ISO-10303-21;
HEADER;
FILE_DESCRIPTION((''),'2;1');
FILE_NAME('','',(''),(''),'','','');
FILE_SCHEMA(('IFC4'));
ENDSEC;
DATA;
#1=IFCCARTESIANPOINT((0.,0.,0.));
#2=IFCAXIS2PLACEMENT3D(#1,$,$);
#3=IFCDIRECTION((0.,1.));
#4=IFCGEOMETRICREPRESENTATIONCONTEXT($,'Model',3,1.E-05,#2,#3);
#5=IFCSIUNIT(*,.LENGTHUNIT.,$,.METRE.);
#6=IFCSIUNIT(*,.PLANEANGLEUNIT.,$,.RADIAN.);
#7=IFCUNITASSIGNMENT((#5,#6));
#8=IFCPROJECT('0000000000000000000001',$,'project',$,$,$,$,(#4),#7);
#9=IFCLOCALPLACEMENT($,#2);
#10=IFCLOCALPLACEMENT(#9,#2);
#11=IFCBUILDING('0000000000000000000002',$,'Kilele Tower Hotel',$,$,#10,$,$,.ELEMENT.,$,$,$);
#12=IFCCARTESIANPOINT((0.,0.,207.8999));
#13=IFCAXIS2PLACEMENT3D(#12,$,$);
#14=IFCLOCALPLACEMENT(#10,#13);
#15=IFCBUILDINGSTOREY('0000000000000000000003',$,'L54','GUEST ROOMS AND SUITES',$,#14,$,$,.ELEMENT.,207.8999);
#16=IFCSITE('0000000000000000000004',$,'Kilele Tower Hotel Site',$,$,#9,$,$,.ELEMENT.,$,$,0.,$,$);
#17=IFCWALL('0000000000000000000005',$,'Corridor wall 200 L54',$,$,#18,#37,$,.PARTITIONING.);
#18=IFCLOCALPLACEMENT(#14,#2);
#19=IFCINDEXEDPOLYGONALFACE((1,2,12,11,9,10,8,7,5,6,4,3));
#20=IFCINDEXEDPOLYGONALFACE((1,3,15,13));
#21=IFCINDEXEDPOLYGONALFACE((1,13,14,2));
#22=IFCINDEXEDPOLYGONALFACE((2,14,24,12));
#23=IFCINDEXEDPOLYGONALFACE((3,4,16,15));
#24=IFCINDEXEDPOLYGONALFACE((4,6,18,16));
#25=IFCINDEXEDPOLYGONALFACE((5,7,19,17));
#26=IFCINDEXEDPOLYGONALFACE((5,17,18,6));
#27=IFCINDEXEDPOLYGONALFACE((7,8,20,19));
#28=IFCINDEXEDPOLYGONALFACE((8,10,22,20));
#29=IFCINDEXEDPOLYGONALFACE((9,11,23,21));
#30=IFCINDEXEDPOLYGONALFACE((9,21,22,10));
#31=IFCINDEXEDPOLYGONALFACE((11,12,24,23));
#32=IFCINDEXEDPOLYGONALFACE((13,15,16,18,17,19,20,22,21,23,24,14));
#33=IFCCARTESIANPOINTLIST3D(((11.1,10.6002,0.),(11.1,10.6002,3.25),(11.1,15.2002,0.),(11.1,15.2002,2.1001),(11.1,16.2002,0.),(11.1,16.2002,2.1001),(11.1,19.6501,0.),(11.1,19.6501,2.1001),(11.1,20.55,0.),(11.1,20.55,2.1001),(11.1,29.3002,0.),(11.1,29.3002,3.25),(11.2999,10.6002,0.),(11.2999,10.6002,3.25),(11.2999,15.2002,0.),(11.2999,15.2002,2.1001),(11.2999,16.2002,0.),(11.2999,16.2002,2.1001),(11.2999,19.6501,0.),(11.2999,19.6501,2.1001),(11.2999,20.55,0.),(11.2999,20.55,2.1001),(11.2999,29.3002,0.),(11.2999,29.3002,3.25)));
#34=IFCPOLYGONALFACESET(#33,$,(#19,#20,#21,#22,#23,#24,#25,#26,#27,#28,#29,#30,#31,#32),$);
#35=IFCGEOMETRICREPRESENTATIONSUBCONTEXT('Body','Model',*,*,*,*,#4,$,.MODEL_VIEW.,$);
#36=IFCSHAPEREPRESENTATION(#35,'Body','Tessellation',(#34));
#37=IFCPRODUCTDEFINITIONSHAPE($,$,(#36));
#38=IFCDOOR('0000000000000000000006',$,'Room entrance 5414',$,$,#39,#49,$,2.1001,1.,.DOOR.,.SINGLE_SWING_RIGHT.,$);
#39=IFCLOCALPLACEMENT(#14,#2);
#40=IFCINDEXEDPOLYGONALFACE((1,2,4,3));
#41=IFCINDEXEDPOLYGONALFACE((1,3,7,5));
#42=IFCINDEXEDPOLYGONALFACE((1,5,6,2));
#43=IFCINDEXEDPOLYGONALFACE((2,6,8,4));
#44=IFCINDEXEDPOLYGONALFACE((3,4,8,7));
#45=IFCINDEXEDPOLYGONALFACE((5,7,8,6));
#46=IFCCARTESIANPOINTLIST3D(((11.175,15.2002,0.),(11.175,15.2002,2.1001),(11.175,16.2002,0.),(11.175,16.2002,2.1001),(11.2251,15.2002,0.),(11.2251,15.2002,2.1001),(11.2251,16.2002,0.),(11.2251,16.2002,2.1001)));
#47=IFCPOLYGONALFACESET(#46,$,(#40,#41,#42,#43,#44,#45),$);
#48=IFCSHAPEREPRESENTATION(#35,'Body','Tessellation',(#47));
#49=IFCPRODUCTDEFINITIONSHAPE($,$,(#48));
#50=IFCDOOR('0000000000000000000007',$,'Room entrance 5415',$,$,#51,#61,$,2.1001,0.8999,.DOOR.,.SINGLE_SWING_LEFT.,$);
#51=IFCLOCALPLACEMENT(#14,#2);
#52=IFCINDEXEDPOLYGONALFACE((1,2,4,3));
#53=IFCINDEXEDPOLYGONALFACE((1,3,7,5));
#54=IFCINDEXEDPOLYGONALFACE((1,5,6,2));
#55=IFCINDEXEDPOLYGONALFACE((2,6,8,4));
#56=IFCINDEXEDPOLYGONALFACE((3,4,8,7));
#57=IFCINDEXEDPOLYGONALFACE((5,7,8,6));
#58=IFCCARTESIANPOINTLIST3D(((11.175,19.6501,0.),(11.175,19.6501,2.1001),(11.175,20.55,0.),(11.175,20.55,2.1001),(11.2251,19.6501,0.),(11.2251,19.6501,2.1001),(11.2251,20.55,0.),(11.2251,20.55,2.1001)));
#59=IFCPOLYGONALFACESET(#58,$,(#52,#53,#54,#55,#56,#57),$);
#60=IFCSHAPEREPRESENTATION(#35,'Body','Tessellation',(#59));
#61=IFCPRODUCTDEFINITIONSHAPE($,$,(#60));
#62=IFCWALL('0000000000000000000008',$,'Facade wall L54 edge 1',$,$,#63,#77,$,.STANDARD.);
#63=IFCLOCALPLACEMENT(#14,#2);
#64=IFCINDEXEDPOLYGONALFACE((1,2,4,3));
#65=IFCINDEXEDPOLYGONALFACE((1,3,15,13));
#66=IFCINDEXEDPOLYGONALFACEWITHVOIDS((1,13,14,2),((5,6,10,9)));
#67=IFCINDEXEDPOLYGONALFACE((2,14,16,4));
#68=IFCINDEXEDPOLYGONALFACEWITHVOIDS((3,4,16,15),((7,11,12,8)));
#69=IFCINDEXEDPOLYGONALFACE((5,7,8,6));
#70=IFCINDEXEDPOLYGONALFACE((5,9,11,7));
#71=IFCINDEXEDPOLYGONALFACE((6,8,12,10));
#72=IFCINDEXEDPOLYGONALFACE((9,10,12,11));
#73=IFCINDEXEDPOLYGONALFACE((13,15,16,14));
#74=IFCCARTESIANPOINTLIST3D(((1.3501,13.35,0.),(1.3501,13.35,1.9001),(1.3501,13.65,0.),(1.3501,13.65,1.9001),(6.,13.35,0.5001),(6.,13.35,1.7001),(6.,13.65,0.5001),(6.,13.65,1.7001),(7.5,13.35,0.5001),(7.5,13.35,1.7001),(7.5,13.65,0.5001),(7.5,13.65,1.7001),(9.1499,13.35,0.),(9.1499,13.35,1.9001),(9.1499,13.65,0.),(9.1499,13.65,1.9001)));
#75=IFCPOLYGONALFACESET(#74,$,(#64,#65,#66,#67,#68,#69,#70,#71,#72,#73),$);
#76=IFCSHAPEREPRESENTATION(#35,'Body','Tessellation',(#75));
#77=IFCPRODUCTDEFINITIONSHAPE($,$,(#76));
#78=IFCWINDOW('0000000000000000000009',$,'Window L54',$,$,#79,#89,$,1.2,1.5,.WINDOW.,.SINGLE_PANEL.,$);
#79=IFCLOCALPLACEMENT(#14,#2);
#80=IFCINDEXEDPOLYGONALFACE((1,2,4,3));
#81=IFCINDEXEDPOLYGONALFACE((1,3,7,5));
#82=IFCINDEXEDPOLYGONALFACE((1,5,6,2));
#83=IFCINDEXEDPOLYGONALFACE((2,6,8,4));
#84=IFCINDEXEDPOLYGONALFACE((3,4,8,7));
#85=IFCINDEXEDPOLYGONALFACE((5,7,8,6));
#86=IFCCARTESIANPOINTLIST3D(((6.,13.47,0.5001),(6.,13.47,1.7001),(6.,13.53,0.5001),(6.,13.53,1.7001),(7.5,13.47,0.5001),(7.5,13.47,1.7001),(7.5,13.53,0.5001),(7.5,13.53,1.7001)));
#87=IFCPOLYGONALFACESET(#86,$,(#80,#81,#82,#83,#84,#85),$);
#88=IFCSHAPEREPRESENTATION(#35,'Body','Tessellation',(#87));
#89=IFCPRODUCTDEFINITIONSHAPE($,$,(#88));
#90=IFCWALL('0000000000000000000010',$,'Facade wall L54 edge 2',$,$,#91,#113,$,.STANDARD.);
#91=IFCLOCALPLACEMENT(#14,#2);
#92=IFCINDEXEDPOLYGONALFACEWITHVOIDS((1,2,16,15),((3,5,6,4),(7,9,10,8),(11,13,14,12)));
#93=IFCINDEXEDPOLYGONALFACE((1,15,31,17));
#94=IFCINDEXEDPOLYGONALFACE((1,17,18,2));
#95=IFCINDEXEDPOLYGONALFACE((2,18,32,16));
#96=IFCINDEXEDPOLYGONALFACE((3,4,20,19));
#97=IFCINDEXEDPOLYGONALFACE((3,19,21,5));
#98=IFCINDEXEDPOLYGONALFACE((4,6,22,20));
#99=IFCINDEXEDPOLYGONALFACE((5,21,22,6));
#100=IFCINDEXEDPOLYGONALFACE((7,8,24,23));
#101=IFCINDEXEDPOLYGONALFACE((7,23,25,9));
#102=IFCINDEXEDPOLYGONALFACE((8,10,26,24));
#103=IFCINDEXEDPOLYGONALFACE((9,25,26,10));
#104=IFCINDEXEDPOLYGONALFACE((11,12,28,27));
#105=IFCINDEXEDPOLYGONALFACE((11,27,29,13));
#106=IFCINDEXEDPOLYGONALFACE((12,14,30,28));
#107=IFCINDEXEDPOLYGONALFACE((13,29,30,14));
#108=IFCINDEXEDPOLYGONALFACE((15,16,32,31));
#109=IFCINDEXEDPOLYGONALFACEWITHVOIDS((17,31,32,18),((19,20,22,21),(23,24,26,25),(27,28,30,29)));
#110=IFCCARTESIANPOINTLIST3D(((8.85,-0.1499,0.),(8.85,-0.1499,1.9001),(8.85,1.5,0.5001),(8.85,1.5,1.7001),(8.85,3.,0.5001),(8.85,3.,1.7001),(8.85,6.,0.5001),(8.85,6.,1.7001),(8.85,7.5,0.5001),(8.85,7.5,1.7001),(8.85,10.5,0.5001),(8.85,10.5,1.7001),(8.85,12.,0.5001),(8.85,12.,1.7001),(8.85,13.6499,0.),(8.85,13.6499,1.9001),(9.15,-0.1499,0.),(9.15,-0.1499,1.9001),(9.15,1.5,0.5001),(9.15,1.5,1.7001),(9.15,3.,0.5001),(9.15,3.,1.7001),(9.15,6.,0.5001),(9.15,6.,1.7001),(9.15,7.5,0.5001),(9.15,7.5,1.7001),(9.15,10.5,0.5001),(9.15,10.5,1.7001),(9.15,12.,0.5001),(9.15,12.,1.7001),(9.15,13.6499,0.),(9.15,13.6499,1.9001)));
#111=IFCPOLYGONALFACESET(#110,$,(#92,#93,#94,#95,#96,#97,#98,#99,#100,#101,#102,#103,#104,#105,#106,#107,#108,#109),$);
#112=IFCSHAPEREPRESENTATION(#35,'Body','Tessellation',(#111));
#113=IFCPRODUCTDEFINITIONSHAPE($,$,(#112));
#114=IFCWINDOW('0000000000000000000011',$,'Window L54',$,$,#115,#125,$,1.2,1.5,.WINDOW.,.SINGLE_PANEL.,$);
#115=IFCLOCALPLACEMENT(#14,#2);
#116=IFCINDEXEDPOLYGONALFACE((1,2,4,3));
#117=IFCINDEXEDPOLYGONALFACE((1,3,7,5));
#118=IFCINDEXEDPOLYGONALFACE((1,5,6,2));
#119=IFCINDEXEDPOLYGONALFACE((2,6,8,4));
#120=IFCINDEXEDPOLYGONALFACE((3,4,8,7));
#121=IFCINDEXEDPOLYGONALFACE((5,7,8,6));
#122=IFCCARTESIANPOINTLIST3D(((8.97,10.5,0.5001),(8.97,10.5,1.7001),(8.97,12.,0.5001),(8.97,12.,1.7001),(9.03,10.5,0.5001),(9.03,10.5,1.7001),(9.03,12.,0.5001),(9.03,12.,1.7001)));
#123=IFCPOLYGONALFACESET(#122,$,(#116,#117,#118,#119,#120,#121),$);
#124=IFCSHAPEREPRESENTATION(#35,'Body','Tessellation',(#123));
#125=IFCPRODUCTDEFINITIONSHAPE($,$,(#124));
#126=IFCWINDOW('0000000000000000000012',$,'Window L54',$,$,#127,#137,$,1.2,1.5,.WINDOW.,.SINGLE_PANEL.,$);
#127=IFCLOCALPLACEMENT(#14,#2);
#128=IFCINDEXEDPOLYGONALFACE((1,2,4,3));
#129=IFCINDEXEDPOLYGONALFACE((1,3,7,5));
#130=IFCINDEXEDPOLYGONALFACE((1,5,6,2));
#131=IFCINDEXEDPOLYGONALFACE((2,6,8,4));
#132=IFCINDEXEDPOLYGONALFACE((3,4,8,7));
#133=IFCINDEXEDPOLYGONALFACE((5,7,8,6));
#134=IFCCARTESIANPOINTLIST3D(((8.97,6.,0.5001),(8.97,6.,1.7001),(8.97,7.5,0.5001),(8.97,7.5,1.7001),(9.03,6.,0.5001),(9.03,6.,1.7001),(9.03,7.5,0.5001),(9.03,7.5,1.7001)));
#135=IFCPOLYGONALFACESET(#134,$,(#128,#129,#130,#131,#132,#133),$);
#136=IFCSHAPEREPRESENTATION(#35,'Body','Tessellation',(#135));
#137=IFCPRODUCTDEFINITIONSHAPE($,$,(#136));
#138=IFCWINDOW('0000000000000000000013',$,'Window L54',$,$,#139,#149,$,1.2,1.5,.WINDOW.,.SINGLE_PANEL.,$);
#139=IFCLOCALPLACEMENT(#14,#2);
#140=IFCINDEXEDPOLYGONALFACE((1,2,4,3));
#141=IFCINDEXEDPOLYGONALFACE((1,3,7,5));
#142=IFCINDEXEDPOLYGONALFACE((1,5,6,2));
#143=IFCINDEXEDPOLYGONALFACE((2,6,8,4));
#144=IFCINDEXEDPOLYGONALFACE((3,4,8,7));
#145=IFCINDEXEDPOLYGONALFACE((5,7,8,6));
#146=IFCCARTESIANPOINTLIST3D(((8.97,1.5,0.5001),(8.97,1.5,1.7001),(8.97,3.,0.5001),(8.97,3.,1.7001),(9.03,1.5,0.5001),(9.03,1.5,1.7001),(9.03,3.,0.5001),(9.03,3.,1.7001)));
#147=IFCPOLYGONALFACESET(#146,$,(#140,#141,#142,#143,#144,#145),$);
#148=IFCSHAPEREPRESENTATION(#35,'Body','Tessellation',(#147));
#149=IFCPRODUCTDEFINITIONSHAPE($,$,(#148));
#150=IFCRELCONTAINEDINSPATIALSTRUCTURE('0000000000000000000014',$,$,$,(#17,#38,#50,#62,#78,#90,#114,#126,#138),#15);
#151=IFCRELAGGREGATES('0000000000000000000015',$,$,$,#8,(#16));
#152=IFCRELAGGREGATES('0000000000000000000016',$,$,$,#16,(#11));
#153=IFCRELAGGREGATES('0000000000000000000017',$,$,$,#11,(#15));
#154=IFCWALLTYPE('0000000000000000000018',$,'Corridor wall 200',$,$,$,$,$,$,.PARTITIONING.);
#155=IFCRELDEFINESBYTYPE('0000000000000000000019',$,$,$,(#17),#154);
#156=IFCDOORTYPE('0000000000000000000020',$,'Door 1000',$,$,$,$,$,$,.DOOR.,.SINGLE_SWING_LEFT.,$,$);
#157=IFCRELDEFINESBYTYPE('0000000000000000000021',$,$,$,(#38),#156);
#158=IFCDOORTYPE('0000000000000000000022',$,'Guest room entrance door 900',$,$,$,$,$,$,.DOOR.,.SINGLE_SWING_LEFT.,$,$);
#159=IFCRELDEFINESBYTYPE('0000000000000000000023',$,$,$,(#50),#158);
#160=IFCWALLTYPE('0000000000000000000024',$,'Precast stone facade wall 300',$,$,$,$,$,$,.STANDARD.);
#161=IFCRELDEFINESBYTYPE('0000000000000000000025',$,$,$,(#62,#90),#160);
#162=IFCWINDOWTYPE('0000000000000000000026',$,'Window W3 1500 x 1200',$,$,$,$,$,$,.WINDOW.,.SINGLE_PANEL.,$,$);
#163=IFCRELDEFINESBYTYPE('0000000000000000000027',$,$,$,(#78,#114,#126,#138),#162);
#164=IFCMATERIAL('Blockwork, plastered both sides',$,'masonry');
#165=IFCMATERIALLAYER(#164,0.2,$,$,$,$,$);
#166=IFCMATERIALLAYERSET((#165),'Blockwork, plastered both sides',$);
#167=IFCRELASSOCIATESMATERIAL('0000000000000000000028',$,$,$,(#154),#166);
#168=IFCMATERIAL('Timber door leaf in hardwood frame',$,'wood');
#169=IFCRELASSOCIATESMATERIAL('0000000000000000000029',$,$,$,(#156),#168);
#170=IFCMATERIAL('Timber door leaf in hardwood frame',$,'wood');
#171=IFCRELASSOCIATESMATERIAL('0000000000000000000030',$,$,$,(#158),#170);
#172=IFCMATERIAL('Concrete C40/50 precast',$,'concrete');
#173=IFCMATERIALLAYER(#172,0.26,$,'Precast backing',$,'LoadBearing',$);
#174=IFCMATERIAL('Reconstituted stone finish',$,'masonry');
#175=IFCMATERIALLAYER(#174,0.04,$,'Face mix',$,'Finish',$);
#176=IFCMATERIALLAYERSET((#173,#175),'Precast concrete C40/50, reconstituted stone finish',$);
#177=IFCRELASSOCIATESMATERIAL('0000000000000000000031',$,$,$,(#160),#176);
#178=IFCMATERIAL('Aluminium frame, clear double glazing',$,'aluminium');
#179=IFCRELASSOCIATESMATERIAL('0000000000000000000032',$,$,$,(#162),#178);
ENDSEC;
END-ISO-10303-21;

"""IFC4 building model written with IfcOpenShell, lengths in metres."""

from ifc_helpers import new_model, si_unit, direction, frame, frame_2d, origin, place, context, subcontext, project, spatial, rectangle, extrude, material, layer, layer_set, type_object, element, fill, save


model = new_model("IFC4")

# Units and contexts
model_context = context("Model", 3, precision=1e-05, world=origin(), true_north=direction((0.0, 1.0)))
body_context = subcontext(model_context, "Body", "Model", "MODEL_VIEW")
ifc_project = project(units=[si_unit("LENGTHUNIT", "METRE"), si_unit("PLANEANGLEUNIT", "RADIAN")], contexts=[model_context])

# Site, building, storey
site_placement = place(None, origin())
site = spatial("IfcSite", under=ifc_project, at=site_placement, Name="Kilele Tower Hotel Site", CompositionType="ELEMENT", RefElevation=0.0)
building_placement = place(site_placement, origin())
building = spatial("IfcBuilding", under=site, at=building_placement, Name="Kilele Tower Hotel", CompositionType="ELEMENT")
storey_placement = place(building_placement, frame((0.0, 0.0, 207.8999)))
storey = spatial("IfcBuildingStorey", under=building, at=storey_placement, Name="L54", Description="GUEST ROOMS AND SUITES", CompositionType="ELEMENT", Elevation=207.8999)

# Wall, openings, doors
ifc_material_1 = material(Name="Blockwork, plastered both sides", Category="masonry")
ifc_layer_1 = layer(ifc_material_1, 0.2)
ifc_layer_set_1 = layer_set([ifc_layer_1], Name="Blockwork, plastered both sides")
wall_type_1 = type_object("IfcWallType", Name="Corridor wall 200", PredefinedType="PARTITIONING", material=ifc_layer_set_1)
wall_1_placement = place(storey_placement, frame((11.2, 10.6001, 0.0), z_axis=(0.0, 0.0, 1.0), x_axis=(0.0, 1.0, 0.0)))
wall_1 = element("IfcWall", 1, at=wall_1_placement, inside=storey, type_object=wall_type_1, Name="Corridor wall 200 L54", PredefinedType="PARTITIONING", context=body_context, shape_type="SweptSolid", body=[
    extrude(rectangle(XDim=18.7, YDim=0.2, at=frame_2d((9.3501, 0.0))), origin(), (0.0, 0.0, 1.0), 3.25),
])
opening_1_placement = place(wall_1_placement, frame((4.6001, 0.0, 0.0)))
opening_1 = element("IfcOpeningElement", 2, at=opening_1_placement, cuts=wall_1, PredefinedType="OPENING", context=body_context, shape_type="SweptSolid", body=[
    extrude(rectangle(XDim=1.0, YDim=2.1001, at=frame_2d((0.5, 1.05))), frame((0.0, 0.1099, 0.0), z_axis=(0.0, -1.0, 0.0), x_axis=(1.0, 0.0, 0.0)), (0.0, 0.0, 1.0), 0.22),
])
opening_2_placement = place(wall_1_placement, frame((9.05, 0.0, 0.0)))
opening_2 = element("IfcOpeningElement", 3, at=opening_2_placement, cuts=wall_1, PredefinedType="OPENING", context=body_context, shape_type="SweptSolid", body=[
    extrude(rectangle(XDim=0.8999, YDim=2.1001, at=frame_2d((0.45, 1.05))), frame((0.0, 0.1099, 0.0), z_axis=(0.0, -1.0, 0.0), x_axis=(1.0, 0.0, 0.0)), (0.0, 0.0, 1.0), 0.22),
])
ifc_material_2 = material(Name="Timber door leaf in hardwood frame", Category="wood")
door_type_1 = type_object("IfcDoorType", Name="Door 1000", OperationType="SINGLE_SWING_LEFT", PredefinedType="DOOR", material=ifc_material_2)
door_1_placement = place(opening_1_placement, origin())
door_1 = element("IfcDoor", 4, at=door_1_placement, inside=storey, type_object=door_type_1, Name="Room entrance 5414", OperationType="SINGLE_SWING_RIGHT", OverallHeight=2.1001, OverallWidth=1.0, PredefinedType="DOOR", context=body_context, shape_type="SweptSolid", body=[
    extrude(rectangle(XDim=1.0, YDim=2.1001, at=frame_2d((0.5, 1.05))), frame((0.0, 0.0249, 0.0), z_axis=(0.0, -1.0, 0.0), x_axis=(1.0, 0.0, 0.0)), (0.0, 0.0, 1.0), 0.05),
])
fill(opening_1, door_1)
ifc_material_3 = material(Name="Timber door leaf in hardwood frame", Category="wood")
door_type_2 = type_object("IfcDoorType", Name="Guest room entrance door 900", OperationType="SINGLE_SWING_LEFT", PredefinedType="DOOR", material=ifc_material_3)
door_2_placement = place(opening_2_placement, origin())
door_2 = element("IfcDoor", 5, at=door_2_placement, inside=storey, type_object=door_type_2, Name="Room entrance 5415", OperationType="SINGLE_SWING_LEFT", OverallHeight=2.1001, OverallWidth=0.8999, PredefinedType="DOOR", context=body_context, shape_type="SweptSolid", body=[
    extrude(rectangle(XDim=0.8999, YDim=2.1001, at=frame_2d((0.45, 1.05))), frame((0.0, 0.0249, 0.0), z_axis=(0.0, -1.0, 0.0), x_axis=(1.0, 0.0, 0.0)), (0.0, 0.0, 1.0), 0.05),
])
fill(opening_2, door_2)

# Wall, opening, window
ifc_material_4 = material(Name="Concrete C40/50 precast", Category="concrete")
ifc_layer_2 = layer(ifc_material_4, 0.26, Name="Precast backing", Category="LoadBearing")
ifc_material_5 = material(Name="Reconstituted stone finish", Category="masonry")
ifc_layer_3 = layer(ifc_material_5, 0.04, Name="Face mix", Category="Finish")
ifc_layer_set_2 = layer_set([ifc_layer_2, ifc_layer_3], Name="Precast concrete C40/50, reconstituted stone finish")
wall_type_2 = type_object("IfcWallType", Name="Precast stone facade wall 300", PredefinedType="STANDARD", material=ifc_layer_set_2)
wall_2_placement = place(storey_placement, frame((1.3501, 13.5, 0.0), z_axis=(0.0, 0.0, 1.0), x_axis=(1.0, 0.0, 0.0)))
wall_2 = element("IfcWall", 6, at=wall_2_placement, inside=storey, type_object=wall_type_2, Name="Facade wall L54 edge 1", PredefinedType="STANDARD", context=body_context, shape_type="SweptSolid", body=[
    extrude(rectangle(XDim=7.7998, YDim=0.3, at=frame_2d((3.8999, 0.0))), origin(), (0.0, 0.0, 1.0), 1.9001),
])
opening_3_placement = place(wall_2_placement, frame((4.6499, 0.0, 0.5)))
opening_3 = element("IfcOpeningElement", 7, at=opening_3_placement, cuts=wall_2, PredefinedType="OPENING", context=body_context, shape_type="SweptSolid", body=[
    extrude(rectangle(XDim=1.5, YDim=1.2, at=frame_2d((0.75, 0.6001))), frame((0.0, 0.1599, 0.0), z_axis=(0.0, -1.0, 0.0), x_axis=(1.0, 0.0, 0.0)), (0.0, 0.0, 1.0), 0.3201),
])
ifc_material_6 = material(Name="Aluminium frame, clear double glazing", Category="aluminium")
window_type = type_object("IfcWindowType", Name="Window W3 1500 x 1200", PartitioningType="SINGLE_PANEL", PredefinedType="WINDOW", material=ifc_material_6)
window_1_placement = place(opening_3_placement, origin())
window_1 = element("IfcWindow", 8, at=window_1_placement, inside=storey, type_object=window_type, Name="Window L54", OverallHeight=1.2, OverallWidth=1.5, PartitioningType="SINGLE_PANEL", PredefinedType="WINDOW", context=body_context, shape_type="SweptSolid", body=[
    extrude(rectangle(XDim=1.5, YDim=1.2, at=frame_2d((0.75, 0.6001))), frame((0.0, 0.03, 0.0), z_axis=(0.0, -1.0, 0.0), x_axis=(1.0, 0.0, 0.0)), (0.0, 0.0, 1.0), 0.0601),
])
fill(opening_3, window_1)

# Wall, openings, windows
wall_3_placement = place(storey_placement, frame((9.0, 13.6499, 0.0), z_axis=(0.0, 0.0, 1.0), x_axis=(0.0, -1.0, 0.0)))
wall_3 = element("IfcWall", 9, at=wall_3_placement, inside=storey, type_object=wall_type_2, Name="Facade wall L54 edge 2", PredefinedType="STANDARD", context=body_context, shape_type="SweptSolid", body=[
    extrude(rectangle(XDim=13.7998, YDim=0.3, at=frame_2d((6.8999, 0.0))), origin(), (0.0, 0.0, 1.0), 1.9001),
])
opening_4_placement = place(wall_3_placement, frame((1.6499, 0.0, 0.5)))
opening_4 = element("IfcOpeningElement", 10, at=opening_4_placement, cuts=wall_3, PredefinedType="OPENING", context=body_context, shape_type="SweptSolid", body=[
    extrude(rectangle(XDim=1.5, YDim=1.2, at=frame_2d((0.75, 0.6001))), frame((0.0, 0.1599, 0.0), z_axis=(0.0, -1.0, 0.0), x_axis=(1.0, 0.0, 0.0)), (0.0, 0.0, 1.0), 0.3201),
])
opening_5_placement = place(wall_3_placement, frame((6.1499, 0.0, 0.5)))
opening_5 = element("IfcOpeningElement", 11, at=opening_5_placement, cuts=wall_3, PredefinedType="OPENING", context=body_context, shape_type="SweptSolid", body=[
    extrude(rectangle(XDim=1.5, YDim=1.2, at=frame_2d((0.75, 0.6001))), frame((0.0, 0.1599, 0.0), z_axis=(0.0, -1.0, 0.0), x_axis=(1.0, 0.0, 0.0)), (0.0, 0.0, 1.0), 0.3201),
])
opening_6_placement = place(wall_3_placement, frame((10.6499, 0.0, 0.5)))
opening_6 = element("IfcOpeningElement", 12, at=opening_6_placement, cuts=wall_3, PredefinedType="OPENING", context=body_context, shape_type="SweptSolid", body=[
    extrude(rectangle(XDim=1.5, YDim=1.2, at=frame_2d((0.75, 0.6001))), frame((0.0, 0.1599, 0.0), z_axis=(0.0, -1.0, 0.0), x_axis=(1.0, 0.0, 0.0)), (0.0, 0.0, 1.0), 0.3201),
])
window_2_placement = place(opening_4_placement, origin())
window_2 = element("IfcWindow", 13, at=window_2_placement, inside=storey, type_object=window_type, Name="Window L54", OverallHeight=1.2, OverallWidth=1.5, PartitioningType="SINGLE_PANEL", PredefinedType="WINDOW", context=body_context, shape_type="SweptSolid", body=[
    extrude(rectangle(XDim=1.5, YDim=1.2, at=frame_2d((0.75, 0.6001))), frame((0.0, 0.03, 0.0), z_axis=(0.0, -1.0, 0.0), x_axis=(1.0, 0.0, 0.0)), (0.0, 0.0, 1.0), 0.0601),
])
fill(opening_4, window_2)
window_3_placement = place(opening_5_placement, origin())
window_3 = element("IfcWindow", 14, at=window_3_placement, inside=storey, type_object=window_type, Name="Window L54", OverallHeight=1.2, OverallWidth=1.5, PartitioningType="SINGLE_PANEL", PredefinedType="WINDOW", context=body_context, shape_type="SweptSolid", body=[
    extrude(rectangle(XDim=1.5, YDim=1.2, at=frame_2d((0.75, 0.6001))), frame((0.0, 0.03, 0.0), z_axis=(0.0, -1.0, 0.0), x_axis=(1.0, 0.0, 0.0)), (0.0, 0.0, 1.0), 0.0601),
])
fill(opening_5, window_3)
window_4_placement = place(opening_6_placement, origin())
window_4 = element("IfcWindow", 15, at=window_4_placement, inside=storey, type_object=window_type, Name="Window L54", OverallHeight=1.2, OverallWidth=1.5, PartitioningType="SINGLE_PANEL", PredefinedType="WINDOW", context=body_context, shape_type="SweptSolid", body=[
    extrude(rectangle(XDim=1.5, YDim=1.2, at=frame_2d((0.75, 0.6001))), frame((0.0, 0.03, 0.0), z_axis=(0.0, -1.0, 0.0), x_axis=(1.0, 0.0, 0.0)), (0.0, 0.0, 1.0), 0.0601),
])
fill(opening_6, window_4)

save(model, "model.ifc")
